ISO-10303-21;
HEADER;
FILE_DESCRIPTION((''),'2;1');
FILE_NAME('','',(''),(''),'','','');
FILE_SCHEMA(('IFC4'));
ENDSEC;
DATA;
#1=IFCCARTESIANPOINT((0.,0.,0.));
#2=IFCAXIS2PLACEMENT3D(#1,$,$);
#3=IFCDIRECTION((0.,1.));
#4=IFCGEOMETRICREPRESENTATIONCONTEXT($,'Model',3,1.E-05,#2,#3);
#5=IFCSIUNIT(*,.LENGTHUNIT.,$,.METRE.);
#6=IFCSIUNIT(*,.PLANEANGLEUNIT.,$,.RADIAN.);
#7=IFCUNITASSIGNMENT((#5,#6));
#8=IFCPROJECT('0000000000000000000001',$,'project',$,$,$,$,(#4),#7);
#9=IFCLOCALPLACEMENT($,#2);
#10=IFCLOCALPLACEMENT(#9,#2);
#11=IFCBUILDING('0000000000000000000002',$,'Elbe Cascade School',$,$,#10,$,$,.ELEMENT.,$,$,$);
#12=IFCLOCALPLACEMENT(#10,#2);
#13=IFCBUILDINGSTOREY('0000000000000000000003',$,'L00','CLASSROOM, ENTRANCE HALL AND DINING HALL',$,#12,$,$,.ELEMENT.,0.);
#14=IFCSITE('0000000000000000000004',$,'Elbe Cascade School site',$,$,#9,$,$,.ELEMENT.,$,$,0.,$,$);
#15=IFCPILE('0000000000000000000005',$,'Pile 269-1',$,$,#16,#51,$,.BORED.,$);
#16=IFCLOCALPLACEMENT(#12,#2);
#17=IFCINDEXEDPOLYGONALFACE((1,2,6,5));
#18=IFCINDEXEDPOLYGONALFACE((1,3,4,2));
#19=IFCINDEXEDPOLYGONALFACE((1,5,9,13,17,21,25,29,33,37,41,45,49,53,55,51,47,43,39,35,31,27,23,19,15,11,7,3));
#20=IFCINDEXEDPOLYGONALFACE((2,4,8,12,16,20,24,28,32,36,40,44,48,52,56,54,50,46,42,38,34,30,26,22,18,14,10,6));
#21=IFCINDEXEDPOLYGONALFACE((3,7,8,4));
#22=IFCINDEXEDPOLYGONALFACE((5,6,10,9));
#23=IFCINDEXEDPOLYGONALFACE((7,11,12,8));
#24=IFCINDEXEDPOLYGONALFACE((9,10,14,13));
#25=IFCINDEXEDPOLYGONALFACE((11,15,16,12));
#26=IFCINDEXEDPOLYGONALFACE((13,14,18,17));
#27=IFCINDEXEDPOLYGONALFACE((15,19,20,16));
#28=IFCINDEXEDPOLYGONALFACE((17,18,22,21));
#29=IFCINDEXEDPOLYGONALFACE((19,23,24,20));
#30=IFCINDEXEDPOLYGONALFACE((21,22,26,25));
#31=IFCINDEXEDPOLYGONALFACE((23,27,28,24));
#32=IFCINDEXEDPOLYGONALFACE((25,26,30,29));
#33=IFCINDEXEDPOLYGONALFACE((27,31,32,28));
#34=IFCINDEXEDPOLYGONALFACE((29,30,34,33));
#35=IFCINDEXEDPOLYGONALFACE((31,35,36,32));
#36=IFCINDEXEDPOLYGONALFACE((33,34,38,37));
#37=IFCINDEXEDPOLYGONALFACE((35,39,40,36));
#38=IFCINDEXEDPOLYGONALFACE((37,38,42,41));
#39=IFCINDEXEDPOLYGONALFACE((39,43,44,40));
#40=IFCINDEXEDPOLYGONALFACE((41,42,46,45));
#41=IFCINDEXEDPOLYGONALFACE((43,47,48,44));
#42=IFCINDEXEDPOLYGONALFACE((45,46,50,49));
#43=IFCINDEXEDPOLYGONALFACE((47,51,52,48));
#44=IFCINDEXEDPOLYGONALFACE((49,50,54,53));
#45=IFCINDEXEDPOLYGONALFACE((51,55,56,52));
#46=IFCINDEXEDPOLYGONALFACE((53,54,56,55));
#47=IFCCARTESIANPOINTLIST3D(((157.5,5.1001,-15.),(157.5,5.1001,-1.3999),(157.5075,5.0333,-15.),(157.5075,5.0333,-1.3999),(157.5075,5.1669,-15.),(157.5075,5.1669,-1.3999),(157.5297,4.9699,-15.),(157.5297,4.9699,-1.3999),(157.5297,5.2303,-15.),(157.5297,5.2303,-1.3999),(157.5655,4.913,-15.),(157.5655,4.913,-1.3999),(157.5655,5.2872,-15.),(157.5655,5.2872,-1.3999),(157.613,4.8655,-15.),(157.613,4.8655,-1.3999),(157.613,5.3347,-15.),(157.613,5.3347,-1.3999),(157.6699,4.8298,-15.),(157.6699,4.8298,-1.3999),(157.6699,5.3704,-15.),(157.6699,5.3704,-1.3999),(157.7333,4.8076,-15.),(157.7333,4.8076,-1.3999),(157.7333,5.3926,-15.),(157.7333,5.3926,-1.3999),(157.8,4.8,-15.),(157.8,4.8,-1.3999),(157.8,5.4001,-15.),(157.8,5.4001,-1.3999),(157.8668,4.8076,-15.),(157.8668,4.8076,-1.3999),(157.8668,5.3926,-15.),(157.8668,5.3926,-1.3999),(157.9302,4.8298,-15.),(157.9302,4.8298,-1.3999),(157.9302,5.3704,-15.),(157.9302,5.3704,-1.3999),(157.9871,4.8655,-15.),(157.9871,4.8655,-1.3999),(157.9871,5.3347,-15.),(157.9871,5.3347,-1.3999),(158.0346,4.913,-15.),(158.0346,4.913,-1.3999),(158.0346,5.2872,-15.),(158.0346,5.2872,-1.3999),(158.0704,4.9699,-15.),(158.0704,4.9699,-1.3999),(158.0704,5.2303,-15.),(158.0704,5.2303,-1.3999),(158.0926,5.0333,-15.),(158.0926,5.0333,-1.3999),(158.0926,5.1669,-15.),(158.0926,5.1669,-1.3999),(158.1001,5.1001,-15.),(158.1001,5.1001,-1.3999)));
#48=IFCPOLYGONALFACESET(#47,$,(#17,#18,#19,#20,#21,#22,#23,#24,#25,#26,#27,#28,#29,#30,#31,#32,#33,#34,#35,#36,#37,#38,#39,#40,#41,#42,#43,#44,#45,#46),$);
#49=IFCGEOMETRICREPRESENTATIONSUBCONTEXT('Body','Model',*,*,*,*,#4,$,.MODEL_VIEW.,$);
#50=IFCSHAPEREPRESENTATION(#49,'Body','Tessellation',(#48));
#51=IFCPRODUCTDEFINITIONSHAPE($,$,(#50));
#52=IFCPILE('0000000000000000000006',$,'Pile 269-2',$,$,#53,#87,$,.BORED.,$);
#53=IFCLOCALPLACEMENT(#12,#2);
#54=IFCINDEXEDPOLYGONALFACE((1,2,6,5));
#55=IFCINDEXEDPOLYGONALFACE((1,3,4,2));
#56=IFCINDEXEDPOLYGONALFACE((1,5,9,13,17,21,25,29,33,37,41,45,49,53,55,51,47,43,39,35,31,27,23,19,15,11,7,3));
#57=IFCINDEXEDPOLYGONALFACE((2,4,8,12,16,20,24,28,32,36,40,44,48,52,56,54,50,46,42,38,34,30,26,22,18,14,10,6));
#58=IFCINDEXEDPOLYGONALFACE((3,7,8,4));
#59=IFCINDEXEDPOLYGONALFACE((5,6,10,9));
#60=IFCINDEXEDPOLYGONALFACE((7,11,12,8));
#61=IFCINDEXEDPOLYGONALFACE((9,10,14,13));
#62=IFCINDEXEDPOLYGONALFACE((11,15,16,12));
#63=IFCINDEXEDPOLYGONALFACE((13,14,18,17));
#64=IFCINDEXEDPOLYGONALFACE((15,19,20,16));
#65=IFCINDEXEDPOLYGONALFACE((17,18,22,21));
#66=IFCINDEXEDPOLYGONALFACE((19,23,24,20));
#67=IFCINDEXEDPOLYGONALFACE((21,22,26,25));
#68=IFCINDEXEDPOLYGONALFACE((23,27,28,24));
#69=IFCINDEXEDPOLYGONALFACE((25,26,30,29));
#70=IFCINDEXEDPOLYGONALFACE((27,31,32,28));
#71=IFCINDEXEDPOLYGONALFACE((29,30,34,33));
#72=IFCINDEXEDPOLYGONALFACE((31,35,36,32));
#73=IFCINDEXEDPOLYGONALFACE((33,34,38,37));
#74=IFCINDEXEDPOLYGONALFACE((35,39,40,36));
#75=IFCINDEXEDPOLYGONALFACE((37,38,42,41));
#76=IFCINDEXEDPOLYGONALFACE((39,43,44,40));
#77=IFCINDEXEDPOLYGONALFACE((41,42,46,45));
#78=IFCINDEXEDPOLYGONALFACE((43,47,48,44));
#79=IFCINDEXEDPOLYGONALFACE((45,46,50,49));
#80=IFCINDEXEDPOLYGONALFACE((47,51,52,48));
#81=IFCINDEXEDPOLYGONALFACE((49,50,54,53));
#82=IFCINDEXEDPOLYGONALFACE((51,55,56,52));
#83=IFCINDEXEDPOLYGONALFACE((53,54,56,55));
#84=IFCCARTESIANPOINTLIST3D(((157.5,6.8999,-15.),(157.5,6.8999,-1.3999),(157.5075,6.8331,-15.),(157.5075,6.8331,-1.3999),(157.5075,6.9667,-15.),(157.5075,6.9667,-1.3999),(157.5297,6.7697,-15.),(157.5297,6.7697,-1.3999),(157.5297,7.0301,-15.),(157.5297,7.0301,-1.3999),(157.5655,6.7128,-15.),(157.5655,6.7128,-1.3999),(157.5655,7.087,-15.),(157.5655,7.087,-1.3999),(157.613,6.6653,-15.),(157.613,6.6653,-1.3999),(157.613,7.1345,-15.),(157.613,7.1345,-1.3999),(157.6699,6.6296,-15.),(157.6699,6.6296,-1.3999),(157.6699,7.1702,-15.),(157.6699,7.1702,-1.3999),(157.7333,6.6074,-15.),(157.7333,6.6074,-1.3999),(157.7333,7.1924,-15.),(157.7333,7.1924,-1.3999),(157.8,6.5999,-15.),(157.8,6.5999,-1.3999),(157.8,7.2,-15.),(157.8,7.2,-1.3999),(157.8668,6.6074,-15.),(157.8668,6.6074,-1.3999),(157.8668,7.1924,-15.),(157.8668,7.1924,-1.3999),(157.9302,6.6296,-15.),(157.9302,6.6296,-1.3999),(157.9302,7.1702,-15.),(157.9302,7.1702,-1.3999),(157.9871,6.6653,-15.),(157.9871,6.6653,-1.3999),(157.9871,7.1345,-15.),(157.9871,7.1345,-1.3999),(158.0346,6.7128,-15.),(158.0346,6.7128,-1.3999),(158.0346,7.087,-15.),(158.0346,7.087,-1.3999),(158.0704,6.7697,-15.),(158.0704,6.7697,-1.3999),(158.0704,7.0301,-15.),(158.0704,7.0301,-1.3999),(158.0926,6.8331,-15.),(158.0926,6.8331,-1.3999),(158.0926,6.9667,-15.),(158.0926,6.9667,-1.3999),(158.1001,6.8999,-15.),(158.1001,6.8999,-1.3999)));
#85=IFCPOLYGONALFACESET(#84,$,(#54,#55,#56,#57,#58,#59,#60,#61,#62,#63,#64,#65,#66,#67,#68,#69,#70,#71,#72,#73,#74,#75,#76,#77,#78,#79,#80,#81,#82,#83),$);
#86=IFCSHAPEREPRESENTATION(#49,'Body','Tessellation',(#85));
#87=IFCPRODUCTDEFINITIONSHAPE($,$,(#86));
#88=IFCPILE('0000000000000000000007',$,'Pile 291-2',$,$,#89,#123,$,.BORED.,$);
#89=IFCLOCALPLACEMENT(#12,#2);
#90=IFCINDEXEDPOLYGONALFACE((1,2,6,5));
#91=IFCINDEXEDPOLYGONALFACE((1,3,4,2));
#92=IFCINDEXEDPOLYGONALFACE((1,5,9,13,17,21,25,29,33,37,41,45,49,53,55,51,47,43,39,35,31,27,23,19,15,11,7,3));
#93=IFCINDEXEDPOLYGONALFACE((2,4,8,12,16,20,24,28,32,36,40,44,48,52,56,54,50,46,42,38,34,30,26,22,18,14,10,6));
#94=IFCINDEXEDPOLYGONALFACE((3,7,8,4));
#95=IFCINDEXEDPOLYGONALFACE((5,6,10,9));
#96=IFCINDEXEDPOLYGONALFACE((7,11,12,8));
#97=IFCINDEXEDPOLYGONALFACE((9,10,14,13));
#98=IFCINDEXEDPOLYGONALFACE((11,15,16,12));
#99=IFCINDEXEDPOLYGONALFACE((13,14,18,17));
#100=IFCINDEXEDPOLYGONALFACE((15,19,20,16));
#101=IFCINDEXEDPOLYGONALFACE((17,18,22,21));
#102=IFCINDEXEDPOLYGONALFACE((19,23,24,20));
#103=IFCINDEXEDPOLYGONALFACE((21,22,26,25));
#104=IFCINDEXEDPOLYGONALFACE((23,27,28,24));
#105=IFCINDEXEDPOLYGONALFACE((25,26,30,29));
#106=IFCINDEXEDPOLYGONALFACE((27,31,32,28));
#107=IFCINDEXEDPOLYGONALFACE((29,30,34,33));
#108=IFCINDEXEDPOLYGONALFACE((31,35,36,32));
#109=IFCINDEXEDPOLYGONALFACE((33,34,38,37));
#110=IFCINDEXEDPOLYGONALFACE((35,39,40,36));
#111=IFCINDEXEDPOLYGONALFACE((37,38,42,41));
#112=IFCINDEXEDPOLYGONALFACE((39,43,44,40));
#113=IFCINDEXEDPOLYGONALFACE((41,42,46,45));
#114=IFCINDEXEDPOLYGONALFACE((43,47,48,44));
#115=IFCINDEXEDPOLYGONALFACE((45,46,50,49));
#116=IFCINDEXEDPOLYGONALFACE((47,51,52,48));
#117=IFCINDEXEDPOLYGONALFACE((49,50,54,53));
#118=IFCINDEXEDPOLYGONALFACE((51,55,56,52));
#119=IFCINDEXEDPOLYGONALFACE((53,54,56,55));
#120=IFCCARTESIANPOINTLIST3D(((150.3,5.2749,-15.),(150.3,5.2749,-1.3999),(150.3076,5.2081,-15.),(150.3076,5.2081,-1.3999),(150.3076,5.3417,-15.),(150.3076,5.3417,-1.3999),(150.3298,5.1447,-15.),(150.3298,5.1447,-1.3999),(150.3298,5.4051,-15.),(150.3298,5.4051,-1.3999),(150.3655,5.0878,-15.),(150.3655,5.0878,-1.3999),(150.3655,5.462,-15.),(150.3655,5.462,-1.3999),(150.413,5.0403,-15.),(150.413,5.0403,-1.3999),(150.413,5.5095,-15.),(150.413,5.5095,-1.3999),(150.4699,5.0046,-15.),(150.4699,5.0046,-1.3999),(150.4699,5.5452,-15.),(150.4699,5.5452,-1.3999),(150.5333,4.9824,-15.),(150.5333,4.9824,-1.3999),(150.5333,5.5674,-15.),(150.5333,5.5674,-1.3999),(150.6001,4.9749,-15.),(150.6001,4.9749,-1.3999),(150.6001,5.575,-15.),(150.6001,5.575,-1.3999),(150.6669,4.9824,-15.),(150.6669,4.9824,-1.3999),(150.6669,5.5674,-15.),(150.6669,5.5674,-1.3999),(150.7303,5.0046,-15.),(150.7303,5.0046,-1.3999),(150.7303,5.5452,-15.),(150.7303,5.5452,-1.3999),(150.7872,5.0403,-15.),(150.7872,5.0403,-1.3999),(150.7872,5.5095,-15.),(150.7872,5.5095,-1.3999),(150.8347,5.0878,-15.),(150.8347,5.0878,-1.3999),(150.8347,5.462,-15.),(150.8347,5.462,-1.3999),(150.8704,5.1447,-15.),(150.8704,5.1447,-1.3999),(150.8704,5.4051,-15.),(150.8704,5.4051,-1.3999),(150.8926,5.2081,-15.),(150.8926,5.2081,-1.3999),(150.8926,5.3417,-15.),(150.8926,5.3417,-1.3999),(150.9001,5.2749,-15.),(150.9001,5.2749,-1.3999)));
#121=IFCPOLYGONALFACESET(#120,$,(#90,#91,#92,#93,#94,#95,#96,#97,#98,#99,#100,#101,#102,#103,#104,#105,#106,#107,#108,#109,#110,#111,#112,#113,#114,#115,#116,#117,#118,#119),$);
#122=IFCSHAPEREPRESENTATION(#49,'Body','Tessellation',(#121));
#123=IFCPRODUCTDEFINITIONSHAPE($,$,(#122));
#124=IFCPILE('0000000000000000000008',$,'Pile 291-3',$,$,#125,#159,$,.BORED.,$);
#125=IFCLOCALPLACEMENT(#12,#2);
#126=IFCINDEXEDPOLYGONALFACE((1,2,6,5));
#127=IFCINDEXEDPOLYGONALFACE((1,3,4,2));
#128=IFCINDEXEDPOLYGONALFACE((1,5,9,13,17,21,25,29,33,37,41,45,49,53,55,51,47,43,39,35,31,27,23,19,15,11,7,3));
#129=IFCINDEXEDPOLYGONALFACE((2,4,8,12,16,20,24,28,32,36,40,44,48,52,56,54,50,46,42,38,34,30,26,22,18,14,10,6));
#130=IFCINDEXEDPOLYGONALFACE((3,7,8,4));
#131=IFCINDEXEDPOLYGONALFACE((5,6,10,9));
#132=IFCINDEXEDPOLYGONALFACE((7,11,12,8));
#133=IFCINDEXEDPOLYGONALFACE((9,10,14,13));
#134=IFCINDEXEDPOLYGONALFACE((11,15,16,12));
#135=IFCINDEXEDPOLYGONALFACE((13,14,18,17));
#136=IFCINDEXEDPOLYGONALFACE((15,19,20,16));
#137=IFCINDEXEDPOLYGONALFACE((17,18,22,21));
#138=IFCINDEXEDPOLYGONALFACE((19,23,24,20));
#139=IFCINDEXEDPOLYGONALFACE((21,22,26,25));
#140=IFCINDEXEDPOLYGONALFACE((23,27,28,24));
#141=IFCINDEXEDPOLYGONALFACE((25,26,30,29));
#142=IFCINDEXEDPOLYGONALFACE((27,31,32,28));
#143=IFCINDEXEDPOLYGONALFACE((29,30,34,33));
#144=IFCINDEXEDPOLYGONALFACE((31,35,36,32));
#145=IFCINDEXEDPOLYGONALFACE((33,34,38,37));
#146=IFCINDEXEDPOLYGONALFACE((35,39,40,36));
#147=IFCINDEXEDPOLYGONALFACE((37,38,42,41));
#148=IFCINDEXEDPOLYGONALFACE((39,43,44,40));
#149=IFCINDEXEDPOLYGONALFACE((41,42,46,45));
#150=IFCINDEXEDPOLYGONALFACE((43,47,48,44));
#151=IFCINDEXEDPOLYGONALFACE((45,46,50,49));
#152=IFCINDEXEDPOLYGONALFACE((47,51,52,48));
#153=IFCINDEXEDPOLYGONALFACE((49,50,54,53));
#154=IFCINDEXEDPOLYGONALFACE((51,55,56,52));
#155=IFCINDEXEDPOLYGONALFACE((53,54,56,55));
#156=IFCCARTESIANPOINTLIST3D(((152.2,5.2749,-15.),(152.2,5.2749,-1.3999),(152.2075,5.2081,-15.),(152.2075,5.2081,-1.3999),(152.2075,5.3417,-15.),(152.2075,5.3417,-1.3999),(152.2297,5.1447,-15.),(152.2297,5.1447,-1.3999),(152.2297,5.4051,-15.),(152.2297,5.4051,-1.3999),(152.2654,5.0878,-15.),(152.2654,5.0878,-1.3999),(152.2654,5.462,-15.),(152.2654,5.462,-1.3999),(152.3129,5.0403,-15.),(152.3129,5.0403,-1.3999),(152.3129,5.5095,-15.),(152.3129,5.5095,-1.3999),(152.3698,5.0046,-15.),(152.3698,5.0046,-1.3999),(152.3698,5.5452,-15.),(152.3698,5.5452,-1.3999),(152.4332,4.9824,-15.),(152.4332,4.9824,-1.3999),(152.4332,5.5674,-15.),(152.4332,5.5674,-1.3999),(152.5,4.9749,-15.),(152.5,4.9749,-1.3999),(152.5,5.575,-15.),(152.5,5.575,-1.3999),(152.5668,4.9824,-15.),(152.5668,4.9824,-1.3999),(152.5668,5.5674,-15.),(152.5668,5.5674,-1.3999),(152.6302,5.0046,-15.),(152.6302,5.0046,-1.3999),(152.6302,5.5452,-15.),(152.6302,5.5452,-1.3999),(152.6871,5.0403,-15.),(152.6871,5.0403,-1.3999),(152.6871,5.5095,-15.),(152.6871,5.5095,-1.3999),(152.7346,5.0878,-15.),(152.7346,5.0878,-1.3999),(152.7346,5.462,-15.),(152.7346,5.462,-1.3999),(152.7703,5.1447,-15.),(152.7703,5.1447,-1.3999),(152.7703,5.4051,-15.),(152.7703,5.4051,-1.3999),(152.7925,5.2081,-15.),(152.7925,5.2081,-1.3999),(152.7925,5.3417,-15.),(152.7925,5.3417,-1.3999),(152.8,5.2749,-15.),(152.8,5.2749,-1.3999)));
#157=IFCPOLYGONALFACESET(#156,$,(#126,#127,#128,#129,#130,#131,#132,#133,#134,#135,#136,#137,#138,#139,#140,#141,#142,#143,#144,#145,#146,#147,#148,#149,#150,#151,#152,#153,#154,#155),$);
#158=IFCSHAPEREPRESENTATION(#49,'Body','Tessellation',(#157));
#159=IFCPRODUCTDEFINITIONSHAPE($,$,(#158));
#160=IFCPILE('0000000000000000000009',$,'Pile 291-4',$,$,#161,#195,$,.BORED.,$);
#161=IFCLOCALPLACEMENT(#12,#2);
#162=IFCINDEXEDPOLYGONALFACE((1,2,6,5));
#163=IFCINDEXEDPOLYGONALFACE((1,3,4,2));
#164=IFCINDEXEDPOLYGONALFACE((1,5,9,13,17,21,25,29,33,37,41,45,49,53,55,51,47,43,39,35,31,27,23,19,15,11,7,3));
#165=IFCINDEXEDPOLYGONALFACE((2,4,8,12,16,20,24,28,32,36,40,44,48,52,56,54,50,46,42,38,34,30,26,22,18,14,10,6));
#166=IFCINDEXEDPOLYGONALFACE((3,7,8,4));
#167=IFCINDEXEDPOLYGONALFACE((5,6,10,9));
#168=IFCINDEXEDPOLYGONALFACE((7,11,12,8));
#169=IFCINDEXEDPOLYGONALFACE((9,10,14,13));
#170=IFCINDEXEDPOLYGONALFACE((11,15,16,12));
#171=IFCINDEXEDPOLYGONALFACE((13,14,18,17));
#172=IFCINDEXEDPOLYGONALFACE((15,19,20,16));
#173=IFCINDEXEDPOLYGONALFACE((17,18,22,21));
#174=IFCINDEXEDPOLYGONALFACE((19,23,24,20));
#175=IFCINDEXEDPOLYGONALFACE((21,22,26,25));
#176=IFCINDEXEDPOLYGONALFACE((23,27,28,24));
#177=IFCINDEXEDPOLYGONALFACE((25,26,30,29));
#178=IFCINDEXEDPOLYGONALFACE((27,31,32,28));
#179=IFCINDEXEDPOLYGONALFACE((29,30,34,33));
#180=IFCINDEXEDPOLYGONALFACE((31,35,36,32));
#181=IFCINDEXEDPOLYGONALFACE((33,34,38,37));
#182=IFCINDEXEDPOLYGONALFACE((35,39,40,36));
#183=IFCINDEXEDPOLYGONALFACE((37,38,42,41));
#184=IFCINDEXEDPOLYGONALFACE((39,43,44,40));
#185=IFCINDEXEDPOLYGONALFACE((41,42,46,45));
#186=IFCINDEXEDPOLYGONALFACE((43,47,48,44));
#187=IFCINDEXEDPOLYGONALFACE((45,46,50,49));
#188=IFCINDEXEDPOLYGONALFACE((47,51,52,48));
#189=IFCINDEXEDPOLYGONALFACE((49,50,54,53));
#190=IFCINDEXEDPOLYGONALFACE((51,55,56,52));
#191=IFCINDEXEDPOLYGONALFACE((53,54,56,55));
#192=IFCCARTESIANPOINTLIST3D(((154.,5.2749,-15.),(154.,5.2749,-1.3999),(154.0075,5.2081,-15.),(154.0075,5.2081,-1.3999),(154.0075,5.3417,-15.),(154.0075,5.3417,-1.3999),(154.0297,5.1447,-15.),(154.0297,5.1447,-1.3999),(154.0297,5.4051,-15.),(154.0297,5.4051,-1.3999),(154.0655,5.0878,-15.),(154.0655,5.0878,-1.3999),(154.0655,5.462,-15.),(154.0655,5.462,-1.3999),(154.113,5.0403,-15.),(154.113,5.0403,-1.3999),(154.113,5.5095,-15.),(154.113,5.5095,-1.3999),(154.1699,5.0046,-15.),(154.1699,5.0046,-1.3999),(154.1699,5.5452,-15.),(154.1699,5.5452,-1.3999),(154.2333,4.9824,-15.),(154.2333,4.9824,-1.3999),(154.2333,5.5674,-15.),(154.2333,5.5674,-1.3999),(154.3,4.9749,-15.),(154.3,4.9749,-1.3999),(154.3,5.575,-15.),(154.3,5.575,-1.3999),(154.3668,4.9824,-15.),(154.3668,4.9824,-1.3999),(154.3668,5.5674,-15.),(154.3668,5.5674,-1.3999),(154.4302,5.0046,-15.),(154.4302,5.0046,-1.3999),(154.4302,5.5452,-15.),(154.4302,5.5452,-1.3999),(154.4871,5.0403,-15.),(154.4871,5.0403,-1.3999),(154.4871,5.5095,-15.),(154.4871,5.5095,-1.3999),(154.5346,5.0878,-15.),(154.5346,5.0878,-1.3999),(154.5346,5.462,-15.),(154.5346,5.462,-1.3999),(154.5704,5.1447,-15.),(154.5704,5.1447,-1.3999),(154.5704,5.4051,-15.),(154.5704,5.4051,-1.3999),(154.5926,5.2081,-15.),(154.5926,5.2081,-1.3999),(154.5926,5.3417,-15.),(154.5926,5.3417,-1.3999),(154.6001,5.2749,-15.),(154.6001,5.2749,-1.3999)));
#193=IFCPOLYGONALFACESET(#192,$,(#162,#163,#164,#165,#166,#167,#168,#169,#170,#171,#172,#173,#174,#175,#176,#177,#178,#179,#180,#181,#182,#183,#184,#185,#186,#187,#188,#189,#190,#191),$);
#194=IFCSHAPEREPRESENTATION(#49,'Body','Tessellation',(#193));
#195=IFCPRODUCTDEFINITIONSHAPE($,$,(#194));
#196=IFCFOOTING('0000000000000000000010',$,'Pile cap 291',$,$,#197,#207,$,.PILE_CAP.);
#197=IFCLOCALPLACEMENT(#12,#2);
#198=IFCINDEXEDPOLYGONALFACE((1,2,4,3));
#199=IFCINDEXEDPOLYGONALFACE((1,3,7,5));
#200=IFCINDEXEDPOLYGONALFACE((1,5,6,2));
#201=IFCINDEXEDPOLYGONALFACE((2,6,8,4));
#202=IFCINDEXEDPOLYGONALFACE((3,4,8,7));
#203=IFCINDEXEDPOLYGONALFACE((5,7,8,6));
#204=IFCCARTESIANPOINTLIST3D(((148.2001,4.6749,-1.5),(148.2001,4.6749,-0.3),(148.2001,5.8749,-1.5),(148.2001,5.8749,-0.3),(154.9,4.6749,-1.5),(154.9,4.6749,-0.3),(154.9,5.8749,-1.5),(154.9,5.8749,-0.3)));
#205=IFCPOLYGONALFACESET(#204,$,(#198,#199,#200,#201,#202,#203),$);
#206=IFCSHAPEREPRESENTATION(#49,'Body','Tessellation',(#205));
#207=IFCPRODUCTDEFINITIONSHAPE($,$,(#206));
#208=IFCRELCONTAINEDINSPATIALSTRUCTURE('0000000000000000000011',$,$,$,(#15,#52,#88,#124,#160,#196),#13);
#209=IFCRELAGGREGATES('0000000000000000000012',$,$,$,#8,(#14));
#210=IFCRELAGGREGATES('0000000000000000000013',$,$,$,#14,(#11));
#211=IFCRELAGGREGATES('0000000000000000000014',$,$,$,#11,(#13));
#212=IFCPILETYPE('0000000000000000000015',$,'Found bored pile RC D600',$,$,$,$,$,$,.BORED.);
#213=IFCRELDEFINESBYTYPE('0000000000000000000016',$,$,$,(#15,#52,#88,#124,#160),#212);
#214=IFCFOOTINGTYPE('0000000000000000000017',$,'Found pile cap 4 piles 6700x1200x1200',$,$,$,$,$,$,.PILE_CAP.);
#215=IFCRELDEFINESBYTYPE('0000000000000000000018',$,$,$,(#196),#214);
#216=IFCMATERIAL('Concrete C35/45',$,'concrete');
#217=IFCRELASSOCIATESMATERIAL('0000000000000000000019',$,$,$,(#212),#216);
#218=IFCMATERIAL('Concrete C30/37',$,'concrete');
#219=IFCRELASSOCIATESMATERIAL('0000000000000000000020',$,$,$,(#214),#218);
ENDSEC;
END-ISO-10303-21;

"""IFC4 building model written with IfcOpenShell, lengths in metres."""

from ifc_helpers import new_model, si_unit, direction, frame, origin, origin_2d, place, context, subcontext, project, spatial, rectangle, circle, extrude, material, material_profile, profile_set, type_object, element, save


model = new_model("IFC4")

# Units and contexts
model_context = context("Model", 3, precision=1e-05, world=origin(), true_north=direction((0.0, 1.0)))
body_context = subcontext(model_context, "Body", "Model", "MODEL_VIEW")
ifc_project = project(units=[si_unit("LENGTHUNIT", "METRE"), si_unit("PLANEANGLEUNIT", "RADIAN")], contexts=[model_context])

# Site, building, storey
site_placement = place(None, origin())
site = spatial("IfcSite", under=ifc_project, at=site_placement, Name="Elbe Cascade School site", CompositionType="ELEMENT", RefElevation=0.0)
building_placement = place(site_placement, origin())
building = spatial("IfcBuilding", under=site, at=building_placement, Name="Elbe Cascade School", CompositionType="ELEMENT")
storey_placement = place(building_placement, origin())
storey = spatial("IfcBuildingStorey", under=building, at=storey_placement, Name="L00", Description="CLASSROOM, ENTRANCE HALL AND DINING HALL", CompositionType="ELEMENT", Elevation=0.0)

# Piles
ifc_material_1 = material(Name="Concrete C35/45", Category="concrete")
ifc_material_profile_1 = material_profile(ifc_material_1, circle(Radius=0.3, at=origin_2d()), Name="RC D600")
ifc_profile_set_1 = profile_set([ifc_material_profile_1], Name="Concrete C35/45")
pile_type = type_object("IfcPileType", Name="Found bored pile RC D600", PredefinedType="BORED", material=ifc_profile_set_1)
for number, where, z_axis, x_axis, name in (
    (1, (157.8, 5.1001, -1.3999), (0.0, 0.0, -1.0), (1.0, 0.0, 0.0), "Pile 269-1"),
    (2, (157.8, 6.8999, -1.3999), (0.0, 0.0, -1.0), (1.0, 0.0, 0.0), "Pile 269-2"),
    (3, (150.6001, 5.2749, -1.3999), (0.0, 0.0, -1.0), (1.0, 0.0, 0.0), "Pile 291-2"),
    (4, (152.5, 5.2749, -1.3999), (0.0, 0.0, -1.0), (1.0, 0.0, 0.0), "Pile 291-3"),
    (5, (154.3, 5.2749, -1.3999), (0.0, 0.0, -1.0), (1.0, 0.0, 0.0), "Pile 291-4"),
):
    element("IfcPile", number, at=place(storey_placement, frame(where, z_axis=z_axis, x_axis=x_axis)), inside=storey, type_object=pile_type, Name=name, PredefinedType="BORED", context=body_context, shape_type="SweptSolid", body=[
        extrude(circle(Radius=0.3, at=origin_2d()), origin(), (0.0, 0.0, 1.0), 13.6001),
    ])

# Footing
ifc_material_2 = material(Name="Concrete C30/37", Category="concrete")
footing_type = type_object("IfcFootingType", Name="Found pile cap 4 piles 6700x1200x1200", PredefinedType="PILE_CAP", material=ifc_material_2)
footing_placement = place(storey_placement, frame((151.55, 5.2749, -1.5), z_axis=(0.0, 0.0, 1.0), x_axis=(1.0, 0.0, 0.0)))
element("IfcFooting", 6, at=footing_placement, inside=storey, type_object=footing_type, Name="Pile cap 291", PredefinedType="PILE_CAP", context=body_context, shape_type="SweptSolid", body=[
    extrude(rectangle(XDim=6.7, YDim=1.2, at=origin_2d()), origin(), (0.0, 0.0, 1.0), 1.2),
])

save(model, "model.ifc")
